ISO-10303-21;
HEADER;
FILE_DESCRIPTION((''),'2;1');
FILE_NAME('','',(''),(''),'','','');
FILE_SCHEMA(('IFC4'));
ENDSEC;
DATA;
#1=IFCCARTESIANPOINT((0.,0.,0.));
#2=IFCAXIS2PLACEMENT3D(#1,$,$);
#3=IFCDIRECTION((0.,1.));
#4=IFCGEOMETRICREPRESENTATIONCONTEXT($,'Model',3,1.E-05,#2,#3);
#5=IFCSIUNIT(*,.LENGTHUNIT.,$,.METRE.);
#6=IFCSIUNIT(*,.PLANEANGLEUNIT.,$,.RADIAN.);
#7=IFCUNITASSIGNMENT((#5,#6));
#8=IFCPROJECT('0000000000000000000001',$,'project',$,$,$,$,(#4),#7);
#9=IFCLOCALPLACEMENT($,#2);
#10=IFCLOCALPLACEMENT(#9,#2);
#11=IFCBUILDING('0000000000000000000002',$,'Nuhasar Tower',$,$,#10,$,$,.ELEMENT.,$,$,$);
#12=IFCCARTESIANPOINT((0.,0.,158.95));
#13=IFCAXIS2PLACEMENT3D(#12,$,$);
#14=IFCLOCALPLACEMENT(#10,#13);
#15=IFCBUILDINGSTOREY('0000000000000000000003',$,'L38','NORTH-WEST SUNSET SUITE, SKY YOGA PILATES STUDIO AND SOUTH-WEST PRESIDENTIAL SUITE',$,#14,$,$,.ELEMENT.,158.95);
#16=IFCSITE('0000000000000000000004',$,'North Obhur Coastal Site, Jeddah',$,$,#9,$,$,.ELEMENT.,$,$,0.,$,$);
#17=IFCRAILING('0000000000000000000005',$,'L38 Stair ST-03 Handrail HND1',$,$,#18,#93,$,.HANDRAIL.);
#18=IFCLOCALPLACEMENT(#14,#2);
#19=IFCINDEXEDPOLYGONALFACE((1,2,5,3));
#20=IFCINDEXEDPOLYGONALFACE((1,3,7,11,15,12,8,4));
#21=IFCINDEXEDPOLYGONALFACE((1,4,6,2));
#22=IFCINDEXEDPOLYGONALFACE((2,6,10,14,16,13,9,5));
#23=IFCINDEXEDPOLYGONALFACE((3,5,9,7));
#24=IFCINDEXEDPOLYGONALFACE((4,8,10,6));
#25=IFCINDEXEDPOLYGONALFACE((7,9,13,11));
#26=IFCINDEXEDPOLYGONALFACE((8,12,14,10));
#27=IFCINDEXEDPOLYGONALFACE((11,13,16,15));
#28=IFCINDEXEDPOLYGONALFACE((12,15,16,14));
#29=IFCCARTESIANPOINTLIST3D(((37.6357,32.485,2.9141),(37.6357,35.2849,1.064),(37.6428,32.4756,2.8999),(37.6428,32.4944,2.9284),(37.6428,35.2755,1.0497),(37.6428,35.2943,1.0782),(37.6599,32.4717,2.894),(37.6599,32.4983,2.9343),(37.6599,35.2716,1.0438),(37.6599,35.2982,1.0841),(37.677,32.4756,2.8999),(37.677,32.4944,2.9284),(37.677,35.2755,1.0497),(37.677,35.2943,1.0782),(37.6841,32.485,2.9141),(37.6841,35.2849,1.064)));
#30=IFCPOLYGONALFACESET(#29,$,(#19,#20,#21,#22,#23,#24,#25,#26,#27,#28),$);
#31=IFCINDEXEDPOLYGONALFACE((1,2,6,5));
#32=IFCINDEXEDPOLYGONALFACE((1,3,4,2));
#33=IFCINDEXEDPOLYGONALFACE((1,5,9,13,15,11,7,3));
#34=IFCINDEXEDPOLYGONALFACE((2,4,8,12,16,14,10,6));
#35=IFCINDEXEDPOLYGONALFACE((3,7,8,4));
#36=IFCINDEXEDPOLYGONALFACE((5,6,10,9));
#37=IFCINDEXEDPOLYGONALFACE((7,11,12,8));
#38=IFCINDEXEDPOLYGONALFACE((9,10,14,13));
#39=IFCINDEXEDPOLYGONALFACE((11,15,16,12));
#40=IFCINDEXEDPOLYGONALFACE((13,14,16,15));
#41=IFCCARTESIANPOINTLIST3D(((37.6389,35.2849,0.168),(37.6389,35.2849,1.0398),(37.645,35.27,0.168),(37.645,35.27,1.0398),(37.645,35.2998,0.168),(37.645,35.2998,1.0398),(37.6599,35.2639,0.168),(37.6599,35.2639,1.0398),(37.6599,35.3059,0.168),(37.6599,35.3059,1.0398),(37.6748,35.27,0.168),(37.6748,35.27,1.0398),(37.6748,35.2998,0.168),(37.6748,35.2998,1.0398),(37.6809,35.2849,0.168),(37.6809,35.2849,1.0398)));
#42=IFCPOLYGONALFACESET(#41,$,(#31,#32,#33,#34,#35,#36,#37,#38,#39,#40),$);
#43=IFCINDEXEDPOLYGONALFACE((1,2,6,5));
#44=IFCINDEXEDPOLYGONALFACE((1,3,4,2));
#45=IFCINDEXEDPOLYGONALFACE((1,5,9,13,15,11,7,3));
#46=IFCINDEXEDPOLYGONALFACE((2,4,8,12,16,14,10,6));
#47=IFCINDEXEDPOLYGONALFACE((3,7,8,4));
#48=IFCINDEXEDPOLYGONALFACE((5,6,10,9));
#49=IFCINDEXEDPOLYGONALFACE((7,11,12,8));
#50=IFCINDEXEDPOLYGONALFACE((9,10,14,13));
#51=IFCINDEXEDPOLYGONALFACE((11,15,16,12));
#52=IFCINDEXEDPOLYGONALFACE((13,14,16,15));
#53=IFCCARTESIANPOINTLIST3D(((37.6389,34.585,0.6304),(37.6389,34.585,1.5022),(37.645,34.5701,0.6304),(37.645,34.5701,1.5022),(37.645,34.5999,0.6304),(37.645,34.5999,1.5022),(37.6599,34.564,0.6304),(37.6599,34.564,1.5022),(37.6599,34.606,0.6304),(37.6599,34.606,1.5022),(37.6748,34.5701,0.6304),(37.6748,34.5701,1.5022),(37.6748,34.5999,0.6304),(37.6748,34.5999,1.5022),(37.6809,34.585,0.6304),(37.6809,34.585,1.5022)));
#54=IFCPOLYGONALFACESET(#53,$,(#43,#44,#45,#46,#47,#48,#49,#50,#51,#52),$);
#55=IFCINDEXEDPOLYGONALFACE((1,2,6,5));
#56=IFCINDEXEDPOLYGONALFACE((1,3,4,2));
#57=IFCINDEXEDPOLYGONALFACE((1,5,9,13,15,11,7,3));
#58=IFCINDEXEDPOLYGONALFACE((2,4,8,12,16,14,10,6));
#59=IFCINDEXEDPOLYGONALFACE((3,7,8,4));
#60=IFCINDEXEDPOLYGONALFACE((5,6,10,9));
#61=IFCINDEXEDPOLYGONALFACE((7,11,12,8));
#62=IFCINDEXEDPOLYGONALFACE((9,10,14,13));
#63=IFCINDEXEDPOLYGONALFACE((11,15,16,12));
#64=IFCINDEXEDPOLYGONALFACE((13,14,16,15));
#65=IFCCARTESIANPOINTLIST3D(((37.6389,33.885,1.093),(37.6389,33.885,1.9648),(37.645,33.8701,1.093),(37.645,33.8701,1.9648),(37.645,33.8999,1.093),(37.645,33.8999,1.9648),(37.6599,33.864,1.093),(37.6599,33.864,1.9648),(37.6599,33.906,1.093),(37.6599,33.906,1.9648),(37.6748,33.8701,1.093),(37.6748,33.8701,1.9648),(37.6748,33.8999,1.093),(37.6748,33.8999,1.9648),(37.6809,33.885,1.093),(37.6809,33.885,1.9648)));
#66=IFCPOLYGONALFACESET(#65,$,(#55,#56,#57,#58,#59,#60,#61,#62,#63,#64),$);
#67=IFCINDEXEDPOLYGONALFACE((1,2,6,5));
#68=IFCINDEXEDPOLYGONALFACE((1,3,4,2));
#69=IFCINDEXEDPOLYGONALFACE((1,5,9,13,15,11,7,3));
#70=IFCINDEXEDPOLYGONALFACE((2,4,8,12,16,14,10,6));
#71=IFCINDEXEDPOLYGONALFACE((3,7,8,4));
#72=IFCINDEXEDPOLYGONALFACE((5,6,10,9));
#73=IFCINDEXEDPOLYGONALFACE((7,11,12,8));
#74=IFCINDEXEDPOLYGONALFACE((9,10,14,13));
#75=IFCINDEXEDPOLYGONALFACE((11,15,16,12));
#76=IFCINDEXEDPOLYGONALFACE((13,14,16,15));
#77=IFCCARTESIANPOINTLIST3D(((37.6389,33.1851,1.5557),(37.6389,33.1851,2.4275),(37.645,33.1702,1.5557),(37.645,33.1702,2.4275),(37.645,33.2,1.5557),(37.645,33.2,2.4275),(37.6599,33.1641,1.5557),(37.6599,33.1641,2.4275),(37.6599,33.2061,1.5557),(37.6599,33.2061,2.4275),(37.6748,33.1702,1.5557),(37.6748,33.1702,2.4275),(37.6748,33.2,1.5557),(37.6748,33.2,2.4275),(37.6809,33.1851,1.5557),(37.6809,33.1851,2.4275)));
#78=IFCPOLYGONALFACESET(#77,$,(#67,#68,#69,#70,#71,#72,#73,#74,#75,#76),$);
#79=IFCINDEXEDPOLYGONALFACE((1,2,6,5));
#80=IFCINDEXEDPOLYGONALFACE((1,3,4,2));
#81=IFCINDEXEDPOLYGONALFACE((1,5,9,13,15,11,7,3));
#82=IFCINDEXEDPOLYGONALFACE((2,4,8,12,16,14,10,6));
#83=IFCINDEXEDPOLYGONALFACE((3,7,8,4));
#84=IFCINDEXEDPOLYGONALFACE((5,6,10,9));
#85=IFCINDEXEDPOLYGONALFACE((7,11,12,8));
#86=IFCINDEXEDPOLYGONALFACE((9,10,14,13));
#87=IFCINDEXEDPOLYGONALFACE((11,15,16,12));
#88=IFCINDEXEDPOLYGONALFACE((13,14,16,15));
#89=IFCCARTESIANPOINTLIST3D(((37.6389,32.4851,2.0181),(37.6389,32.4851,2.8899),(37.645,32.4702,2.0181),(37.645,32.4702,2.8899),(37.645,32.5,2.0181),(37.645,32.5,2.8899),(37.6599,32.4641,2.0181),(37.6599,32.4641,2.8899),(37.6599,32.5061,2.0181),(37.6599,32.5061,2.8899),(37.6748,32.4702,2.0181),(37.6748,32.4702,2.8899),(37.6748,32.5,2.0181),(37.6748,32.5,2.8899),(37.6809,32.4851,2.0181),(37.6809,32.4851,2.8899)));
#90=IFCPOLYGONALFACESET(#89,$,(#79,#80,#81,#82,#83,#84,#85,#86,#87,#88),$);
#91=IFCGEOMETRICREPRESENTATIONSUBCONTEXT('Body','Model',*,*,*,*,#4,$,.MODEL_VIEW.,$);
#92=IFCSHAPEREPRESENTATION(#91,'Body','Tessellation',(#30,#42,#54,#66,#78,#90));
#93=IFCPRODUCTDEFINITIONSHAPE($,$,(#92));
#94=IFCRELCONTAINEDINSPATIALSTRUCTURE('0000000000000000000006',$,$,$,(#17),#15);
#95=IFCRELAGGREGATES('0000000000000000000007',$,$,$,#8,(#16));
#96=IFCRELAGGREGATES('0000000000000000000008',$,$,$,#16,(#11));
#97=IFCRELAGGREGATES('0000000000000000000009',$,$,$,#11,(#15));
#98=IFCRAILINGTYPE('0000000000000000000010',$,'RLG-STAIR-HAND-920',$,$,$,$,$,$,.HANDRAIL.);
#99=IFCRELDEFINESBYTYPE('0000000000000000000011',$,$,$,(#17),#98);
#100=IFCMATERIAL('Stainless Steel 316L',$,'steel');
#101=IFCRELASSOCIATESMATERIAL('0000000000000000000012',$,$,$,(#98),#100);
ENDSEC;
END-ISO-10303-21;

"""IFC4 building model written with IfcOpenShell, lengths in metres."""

from ifc_helpers import new_model, si_unit, direction, frame, origin, place, context, subcontext, project, spatial, polyline, outline, extrude, material, type_object, element, save


model = new_model("IFC4")

# Units and contexts
model_context = context("Model", 3, precision=1e-05, world=origin(), true_north=direction((0.0, 1.0)))
body_context = subcontext(model_context, "Body", "Model", "MODEL_VIEW")
ifc_project = project(units=[si_unit("LENGTHUNIT", "METRE"), si_unit("PLANEANGLEUNIT", "RADIAN")], contexts=[model_context])

# Site, building, storey
site_placement = place(None, origin())
site = spatial("IfcSite", under=ifc_project, at=site_placement, Name="North Obhur Coastal Site, Jeddah", CompositionType="ELEMENT", RefElevation=0.0)
building_placement = place(site_placement, origin())
building = spatial("IfcBuilding", under=site, at=building_placement, Name="Nuhasar Tower", CompositionType="ELEMENT")
storey_placement = place(building_placement, frame((0.0, 0.0, 158.95)))
storey = spatial("IfcBuildingStorey", under=building, at=storey_placement, Name="L38", Description="NORTH-WEST SUNSET SUITE, SKY YOGA PILATES STUDIO AND SOUTH-WEST PRESIDENTIAL SUITE", CompositionType="ELEMENT", Elevation=158.95)

# Railing
ifc_material_1 = material(Name="Stainless Steel 316L", Category="steel")
railing_type_1 = type_object("IfcRailingType", Name="RLG-STAIR-HAND-920", PredefinedType="HANDRAIL", material=ifc_material_1)
railing_1_placement = place(storey_placement, frame((37.6599, 35.2849, 0.168)))
element("IfcRailing", 1, at=railing_1_placement, inside=storey, type_object=railing_type_1, Name="L38 Stair ST-03 Handrail HND1", PredefinedType="HANDRAIL", context=body_context, shape_type="SweptSolid", body=[
    extrude(outline(polyline([(0.0242, 0.0), (0.0171, 0.0171), (0.0, 0.0242), (-0.0171, 0.0171), (-0.0242, 0.0), (-0.0171, -0.0171), (0.0, -0.0242), (0.0171, -0.0171), (0.0242, 0.0)])), frame((0.0, 0.0, 0.896), z_axis=(0.0, -0.834304, 0.551304), x_axis=(1.0, 0.0, 0.0)), (0.0, 0.0, 1.0), 3.356),
    extrude(outline(polyline([(0.021, 0.0), (0.0149, 0.0149), (0.0, 0.021), (-0.0149, 0.0149), (-0.021, 0.0), (-0.0149, -0.0149), (0.0, -0.021), (0.0149, -0.0149), (0.021, 0.0)])), origin(), (0.0, 0.0, 1.0), 0.8718),
    extrude(outline(polyline([(0.021, 0.0), (0.0149, 0.0149), (0.0, 0.021), (-0.0149, 0.0149), (-0.021, 0.0), (-0.0149, -0.0149), (0.0, -0.021), (0.0149, -0.0149), (0.021, 0.0)])), frame((0.0, -0.7, 0.4624)), (0.0, 0.0, 1.0), 0.8718),
    extrude(outline(polyline([(0.021, 0.0), (0.0149, 0.0149), (0.0, 0.021), (-0.0149, 0.0149), (-0.021, 0.0), (-0.0149, -0.0149), (0.0, -0.021), (0.0149, -0.0149), (0.021, 0.0)])), frame((0.0, -1.3999, 0.925)), (0.0, 0.0, 1.0), 0.8718),
    extrude(outline(polyline([(0.021, 0.0), (0.0149, 0.0149), (0.0, 0.021), (-0.0149, 0.0149), (-0.021, 0.0), (-0.0149, -0.0149), (0.0, -0.021), (0.0149, -0.0149), (0.021, 0.0)])), frame((0.0, -2.0999, 1.3877)), (0.0, 0.0, 1.0), 0.8718),
    extrude(outline(polyline([(0.021, 0.0), (0.0149, 0.0149), (0.0, 0.021), (-0.0149, 0.0149), (-0.021, 0.0), (-0.0149, -0.0149), (0.0, -0.021), (0.0149, -0.0149), (0.021, 0.0)])), frame((0.0, -2.7998, 1.8501)), (0.0, 0.0, 1.0), 0.8718),
])

save(model, "model.ifc")
